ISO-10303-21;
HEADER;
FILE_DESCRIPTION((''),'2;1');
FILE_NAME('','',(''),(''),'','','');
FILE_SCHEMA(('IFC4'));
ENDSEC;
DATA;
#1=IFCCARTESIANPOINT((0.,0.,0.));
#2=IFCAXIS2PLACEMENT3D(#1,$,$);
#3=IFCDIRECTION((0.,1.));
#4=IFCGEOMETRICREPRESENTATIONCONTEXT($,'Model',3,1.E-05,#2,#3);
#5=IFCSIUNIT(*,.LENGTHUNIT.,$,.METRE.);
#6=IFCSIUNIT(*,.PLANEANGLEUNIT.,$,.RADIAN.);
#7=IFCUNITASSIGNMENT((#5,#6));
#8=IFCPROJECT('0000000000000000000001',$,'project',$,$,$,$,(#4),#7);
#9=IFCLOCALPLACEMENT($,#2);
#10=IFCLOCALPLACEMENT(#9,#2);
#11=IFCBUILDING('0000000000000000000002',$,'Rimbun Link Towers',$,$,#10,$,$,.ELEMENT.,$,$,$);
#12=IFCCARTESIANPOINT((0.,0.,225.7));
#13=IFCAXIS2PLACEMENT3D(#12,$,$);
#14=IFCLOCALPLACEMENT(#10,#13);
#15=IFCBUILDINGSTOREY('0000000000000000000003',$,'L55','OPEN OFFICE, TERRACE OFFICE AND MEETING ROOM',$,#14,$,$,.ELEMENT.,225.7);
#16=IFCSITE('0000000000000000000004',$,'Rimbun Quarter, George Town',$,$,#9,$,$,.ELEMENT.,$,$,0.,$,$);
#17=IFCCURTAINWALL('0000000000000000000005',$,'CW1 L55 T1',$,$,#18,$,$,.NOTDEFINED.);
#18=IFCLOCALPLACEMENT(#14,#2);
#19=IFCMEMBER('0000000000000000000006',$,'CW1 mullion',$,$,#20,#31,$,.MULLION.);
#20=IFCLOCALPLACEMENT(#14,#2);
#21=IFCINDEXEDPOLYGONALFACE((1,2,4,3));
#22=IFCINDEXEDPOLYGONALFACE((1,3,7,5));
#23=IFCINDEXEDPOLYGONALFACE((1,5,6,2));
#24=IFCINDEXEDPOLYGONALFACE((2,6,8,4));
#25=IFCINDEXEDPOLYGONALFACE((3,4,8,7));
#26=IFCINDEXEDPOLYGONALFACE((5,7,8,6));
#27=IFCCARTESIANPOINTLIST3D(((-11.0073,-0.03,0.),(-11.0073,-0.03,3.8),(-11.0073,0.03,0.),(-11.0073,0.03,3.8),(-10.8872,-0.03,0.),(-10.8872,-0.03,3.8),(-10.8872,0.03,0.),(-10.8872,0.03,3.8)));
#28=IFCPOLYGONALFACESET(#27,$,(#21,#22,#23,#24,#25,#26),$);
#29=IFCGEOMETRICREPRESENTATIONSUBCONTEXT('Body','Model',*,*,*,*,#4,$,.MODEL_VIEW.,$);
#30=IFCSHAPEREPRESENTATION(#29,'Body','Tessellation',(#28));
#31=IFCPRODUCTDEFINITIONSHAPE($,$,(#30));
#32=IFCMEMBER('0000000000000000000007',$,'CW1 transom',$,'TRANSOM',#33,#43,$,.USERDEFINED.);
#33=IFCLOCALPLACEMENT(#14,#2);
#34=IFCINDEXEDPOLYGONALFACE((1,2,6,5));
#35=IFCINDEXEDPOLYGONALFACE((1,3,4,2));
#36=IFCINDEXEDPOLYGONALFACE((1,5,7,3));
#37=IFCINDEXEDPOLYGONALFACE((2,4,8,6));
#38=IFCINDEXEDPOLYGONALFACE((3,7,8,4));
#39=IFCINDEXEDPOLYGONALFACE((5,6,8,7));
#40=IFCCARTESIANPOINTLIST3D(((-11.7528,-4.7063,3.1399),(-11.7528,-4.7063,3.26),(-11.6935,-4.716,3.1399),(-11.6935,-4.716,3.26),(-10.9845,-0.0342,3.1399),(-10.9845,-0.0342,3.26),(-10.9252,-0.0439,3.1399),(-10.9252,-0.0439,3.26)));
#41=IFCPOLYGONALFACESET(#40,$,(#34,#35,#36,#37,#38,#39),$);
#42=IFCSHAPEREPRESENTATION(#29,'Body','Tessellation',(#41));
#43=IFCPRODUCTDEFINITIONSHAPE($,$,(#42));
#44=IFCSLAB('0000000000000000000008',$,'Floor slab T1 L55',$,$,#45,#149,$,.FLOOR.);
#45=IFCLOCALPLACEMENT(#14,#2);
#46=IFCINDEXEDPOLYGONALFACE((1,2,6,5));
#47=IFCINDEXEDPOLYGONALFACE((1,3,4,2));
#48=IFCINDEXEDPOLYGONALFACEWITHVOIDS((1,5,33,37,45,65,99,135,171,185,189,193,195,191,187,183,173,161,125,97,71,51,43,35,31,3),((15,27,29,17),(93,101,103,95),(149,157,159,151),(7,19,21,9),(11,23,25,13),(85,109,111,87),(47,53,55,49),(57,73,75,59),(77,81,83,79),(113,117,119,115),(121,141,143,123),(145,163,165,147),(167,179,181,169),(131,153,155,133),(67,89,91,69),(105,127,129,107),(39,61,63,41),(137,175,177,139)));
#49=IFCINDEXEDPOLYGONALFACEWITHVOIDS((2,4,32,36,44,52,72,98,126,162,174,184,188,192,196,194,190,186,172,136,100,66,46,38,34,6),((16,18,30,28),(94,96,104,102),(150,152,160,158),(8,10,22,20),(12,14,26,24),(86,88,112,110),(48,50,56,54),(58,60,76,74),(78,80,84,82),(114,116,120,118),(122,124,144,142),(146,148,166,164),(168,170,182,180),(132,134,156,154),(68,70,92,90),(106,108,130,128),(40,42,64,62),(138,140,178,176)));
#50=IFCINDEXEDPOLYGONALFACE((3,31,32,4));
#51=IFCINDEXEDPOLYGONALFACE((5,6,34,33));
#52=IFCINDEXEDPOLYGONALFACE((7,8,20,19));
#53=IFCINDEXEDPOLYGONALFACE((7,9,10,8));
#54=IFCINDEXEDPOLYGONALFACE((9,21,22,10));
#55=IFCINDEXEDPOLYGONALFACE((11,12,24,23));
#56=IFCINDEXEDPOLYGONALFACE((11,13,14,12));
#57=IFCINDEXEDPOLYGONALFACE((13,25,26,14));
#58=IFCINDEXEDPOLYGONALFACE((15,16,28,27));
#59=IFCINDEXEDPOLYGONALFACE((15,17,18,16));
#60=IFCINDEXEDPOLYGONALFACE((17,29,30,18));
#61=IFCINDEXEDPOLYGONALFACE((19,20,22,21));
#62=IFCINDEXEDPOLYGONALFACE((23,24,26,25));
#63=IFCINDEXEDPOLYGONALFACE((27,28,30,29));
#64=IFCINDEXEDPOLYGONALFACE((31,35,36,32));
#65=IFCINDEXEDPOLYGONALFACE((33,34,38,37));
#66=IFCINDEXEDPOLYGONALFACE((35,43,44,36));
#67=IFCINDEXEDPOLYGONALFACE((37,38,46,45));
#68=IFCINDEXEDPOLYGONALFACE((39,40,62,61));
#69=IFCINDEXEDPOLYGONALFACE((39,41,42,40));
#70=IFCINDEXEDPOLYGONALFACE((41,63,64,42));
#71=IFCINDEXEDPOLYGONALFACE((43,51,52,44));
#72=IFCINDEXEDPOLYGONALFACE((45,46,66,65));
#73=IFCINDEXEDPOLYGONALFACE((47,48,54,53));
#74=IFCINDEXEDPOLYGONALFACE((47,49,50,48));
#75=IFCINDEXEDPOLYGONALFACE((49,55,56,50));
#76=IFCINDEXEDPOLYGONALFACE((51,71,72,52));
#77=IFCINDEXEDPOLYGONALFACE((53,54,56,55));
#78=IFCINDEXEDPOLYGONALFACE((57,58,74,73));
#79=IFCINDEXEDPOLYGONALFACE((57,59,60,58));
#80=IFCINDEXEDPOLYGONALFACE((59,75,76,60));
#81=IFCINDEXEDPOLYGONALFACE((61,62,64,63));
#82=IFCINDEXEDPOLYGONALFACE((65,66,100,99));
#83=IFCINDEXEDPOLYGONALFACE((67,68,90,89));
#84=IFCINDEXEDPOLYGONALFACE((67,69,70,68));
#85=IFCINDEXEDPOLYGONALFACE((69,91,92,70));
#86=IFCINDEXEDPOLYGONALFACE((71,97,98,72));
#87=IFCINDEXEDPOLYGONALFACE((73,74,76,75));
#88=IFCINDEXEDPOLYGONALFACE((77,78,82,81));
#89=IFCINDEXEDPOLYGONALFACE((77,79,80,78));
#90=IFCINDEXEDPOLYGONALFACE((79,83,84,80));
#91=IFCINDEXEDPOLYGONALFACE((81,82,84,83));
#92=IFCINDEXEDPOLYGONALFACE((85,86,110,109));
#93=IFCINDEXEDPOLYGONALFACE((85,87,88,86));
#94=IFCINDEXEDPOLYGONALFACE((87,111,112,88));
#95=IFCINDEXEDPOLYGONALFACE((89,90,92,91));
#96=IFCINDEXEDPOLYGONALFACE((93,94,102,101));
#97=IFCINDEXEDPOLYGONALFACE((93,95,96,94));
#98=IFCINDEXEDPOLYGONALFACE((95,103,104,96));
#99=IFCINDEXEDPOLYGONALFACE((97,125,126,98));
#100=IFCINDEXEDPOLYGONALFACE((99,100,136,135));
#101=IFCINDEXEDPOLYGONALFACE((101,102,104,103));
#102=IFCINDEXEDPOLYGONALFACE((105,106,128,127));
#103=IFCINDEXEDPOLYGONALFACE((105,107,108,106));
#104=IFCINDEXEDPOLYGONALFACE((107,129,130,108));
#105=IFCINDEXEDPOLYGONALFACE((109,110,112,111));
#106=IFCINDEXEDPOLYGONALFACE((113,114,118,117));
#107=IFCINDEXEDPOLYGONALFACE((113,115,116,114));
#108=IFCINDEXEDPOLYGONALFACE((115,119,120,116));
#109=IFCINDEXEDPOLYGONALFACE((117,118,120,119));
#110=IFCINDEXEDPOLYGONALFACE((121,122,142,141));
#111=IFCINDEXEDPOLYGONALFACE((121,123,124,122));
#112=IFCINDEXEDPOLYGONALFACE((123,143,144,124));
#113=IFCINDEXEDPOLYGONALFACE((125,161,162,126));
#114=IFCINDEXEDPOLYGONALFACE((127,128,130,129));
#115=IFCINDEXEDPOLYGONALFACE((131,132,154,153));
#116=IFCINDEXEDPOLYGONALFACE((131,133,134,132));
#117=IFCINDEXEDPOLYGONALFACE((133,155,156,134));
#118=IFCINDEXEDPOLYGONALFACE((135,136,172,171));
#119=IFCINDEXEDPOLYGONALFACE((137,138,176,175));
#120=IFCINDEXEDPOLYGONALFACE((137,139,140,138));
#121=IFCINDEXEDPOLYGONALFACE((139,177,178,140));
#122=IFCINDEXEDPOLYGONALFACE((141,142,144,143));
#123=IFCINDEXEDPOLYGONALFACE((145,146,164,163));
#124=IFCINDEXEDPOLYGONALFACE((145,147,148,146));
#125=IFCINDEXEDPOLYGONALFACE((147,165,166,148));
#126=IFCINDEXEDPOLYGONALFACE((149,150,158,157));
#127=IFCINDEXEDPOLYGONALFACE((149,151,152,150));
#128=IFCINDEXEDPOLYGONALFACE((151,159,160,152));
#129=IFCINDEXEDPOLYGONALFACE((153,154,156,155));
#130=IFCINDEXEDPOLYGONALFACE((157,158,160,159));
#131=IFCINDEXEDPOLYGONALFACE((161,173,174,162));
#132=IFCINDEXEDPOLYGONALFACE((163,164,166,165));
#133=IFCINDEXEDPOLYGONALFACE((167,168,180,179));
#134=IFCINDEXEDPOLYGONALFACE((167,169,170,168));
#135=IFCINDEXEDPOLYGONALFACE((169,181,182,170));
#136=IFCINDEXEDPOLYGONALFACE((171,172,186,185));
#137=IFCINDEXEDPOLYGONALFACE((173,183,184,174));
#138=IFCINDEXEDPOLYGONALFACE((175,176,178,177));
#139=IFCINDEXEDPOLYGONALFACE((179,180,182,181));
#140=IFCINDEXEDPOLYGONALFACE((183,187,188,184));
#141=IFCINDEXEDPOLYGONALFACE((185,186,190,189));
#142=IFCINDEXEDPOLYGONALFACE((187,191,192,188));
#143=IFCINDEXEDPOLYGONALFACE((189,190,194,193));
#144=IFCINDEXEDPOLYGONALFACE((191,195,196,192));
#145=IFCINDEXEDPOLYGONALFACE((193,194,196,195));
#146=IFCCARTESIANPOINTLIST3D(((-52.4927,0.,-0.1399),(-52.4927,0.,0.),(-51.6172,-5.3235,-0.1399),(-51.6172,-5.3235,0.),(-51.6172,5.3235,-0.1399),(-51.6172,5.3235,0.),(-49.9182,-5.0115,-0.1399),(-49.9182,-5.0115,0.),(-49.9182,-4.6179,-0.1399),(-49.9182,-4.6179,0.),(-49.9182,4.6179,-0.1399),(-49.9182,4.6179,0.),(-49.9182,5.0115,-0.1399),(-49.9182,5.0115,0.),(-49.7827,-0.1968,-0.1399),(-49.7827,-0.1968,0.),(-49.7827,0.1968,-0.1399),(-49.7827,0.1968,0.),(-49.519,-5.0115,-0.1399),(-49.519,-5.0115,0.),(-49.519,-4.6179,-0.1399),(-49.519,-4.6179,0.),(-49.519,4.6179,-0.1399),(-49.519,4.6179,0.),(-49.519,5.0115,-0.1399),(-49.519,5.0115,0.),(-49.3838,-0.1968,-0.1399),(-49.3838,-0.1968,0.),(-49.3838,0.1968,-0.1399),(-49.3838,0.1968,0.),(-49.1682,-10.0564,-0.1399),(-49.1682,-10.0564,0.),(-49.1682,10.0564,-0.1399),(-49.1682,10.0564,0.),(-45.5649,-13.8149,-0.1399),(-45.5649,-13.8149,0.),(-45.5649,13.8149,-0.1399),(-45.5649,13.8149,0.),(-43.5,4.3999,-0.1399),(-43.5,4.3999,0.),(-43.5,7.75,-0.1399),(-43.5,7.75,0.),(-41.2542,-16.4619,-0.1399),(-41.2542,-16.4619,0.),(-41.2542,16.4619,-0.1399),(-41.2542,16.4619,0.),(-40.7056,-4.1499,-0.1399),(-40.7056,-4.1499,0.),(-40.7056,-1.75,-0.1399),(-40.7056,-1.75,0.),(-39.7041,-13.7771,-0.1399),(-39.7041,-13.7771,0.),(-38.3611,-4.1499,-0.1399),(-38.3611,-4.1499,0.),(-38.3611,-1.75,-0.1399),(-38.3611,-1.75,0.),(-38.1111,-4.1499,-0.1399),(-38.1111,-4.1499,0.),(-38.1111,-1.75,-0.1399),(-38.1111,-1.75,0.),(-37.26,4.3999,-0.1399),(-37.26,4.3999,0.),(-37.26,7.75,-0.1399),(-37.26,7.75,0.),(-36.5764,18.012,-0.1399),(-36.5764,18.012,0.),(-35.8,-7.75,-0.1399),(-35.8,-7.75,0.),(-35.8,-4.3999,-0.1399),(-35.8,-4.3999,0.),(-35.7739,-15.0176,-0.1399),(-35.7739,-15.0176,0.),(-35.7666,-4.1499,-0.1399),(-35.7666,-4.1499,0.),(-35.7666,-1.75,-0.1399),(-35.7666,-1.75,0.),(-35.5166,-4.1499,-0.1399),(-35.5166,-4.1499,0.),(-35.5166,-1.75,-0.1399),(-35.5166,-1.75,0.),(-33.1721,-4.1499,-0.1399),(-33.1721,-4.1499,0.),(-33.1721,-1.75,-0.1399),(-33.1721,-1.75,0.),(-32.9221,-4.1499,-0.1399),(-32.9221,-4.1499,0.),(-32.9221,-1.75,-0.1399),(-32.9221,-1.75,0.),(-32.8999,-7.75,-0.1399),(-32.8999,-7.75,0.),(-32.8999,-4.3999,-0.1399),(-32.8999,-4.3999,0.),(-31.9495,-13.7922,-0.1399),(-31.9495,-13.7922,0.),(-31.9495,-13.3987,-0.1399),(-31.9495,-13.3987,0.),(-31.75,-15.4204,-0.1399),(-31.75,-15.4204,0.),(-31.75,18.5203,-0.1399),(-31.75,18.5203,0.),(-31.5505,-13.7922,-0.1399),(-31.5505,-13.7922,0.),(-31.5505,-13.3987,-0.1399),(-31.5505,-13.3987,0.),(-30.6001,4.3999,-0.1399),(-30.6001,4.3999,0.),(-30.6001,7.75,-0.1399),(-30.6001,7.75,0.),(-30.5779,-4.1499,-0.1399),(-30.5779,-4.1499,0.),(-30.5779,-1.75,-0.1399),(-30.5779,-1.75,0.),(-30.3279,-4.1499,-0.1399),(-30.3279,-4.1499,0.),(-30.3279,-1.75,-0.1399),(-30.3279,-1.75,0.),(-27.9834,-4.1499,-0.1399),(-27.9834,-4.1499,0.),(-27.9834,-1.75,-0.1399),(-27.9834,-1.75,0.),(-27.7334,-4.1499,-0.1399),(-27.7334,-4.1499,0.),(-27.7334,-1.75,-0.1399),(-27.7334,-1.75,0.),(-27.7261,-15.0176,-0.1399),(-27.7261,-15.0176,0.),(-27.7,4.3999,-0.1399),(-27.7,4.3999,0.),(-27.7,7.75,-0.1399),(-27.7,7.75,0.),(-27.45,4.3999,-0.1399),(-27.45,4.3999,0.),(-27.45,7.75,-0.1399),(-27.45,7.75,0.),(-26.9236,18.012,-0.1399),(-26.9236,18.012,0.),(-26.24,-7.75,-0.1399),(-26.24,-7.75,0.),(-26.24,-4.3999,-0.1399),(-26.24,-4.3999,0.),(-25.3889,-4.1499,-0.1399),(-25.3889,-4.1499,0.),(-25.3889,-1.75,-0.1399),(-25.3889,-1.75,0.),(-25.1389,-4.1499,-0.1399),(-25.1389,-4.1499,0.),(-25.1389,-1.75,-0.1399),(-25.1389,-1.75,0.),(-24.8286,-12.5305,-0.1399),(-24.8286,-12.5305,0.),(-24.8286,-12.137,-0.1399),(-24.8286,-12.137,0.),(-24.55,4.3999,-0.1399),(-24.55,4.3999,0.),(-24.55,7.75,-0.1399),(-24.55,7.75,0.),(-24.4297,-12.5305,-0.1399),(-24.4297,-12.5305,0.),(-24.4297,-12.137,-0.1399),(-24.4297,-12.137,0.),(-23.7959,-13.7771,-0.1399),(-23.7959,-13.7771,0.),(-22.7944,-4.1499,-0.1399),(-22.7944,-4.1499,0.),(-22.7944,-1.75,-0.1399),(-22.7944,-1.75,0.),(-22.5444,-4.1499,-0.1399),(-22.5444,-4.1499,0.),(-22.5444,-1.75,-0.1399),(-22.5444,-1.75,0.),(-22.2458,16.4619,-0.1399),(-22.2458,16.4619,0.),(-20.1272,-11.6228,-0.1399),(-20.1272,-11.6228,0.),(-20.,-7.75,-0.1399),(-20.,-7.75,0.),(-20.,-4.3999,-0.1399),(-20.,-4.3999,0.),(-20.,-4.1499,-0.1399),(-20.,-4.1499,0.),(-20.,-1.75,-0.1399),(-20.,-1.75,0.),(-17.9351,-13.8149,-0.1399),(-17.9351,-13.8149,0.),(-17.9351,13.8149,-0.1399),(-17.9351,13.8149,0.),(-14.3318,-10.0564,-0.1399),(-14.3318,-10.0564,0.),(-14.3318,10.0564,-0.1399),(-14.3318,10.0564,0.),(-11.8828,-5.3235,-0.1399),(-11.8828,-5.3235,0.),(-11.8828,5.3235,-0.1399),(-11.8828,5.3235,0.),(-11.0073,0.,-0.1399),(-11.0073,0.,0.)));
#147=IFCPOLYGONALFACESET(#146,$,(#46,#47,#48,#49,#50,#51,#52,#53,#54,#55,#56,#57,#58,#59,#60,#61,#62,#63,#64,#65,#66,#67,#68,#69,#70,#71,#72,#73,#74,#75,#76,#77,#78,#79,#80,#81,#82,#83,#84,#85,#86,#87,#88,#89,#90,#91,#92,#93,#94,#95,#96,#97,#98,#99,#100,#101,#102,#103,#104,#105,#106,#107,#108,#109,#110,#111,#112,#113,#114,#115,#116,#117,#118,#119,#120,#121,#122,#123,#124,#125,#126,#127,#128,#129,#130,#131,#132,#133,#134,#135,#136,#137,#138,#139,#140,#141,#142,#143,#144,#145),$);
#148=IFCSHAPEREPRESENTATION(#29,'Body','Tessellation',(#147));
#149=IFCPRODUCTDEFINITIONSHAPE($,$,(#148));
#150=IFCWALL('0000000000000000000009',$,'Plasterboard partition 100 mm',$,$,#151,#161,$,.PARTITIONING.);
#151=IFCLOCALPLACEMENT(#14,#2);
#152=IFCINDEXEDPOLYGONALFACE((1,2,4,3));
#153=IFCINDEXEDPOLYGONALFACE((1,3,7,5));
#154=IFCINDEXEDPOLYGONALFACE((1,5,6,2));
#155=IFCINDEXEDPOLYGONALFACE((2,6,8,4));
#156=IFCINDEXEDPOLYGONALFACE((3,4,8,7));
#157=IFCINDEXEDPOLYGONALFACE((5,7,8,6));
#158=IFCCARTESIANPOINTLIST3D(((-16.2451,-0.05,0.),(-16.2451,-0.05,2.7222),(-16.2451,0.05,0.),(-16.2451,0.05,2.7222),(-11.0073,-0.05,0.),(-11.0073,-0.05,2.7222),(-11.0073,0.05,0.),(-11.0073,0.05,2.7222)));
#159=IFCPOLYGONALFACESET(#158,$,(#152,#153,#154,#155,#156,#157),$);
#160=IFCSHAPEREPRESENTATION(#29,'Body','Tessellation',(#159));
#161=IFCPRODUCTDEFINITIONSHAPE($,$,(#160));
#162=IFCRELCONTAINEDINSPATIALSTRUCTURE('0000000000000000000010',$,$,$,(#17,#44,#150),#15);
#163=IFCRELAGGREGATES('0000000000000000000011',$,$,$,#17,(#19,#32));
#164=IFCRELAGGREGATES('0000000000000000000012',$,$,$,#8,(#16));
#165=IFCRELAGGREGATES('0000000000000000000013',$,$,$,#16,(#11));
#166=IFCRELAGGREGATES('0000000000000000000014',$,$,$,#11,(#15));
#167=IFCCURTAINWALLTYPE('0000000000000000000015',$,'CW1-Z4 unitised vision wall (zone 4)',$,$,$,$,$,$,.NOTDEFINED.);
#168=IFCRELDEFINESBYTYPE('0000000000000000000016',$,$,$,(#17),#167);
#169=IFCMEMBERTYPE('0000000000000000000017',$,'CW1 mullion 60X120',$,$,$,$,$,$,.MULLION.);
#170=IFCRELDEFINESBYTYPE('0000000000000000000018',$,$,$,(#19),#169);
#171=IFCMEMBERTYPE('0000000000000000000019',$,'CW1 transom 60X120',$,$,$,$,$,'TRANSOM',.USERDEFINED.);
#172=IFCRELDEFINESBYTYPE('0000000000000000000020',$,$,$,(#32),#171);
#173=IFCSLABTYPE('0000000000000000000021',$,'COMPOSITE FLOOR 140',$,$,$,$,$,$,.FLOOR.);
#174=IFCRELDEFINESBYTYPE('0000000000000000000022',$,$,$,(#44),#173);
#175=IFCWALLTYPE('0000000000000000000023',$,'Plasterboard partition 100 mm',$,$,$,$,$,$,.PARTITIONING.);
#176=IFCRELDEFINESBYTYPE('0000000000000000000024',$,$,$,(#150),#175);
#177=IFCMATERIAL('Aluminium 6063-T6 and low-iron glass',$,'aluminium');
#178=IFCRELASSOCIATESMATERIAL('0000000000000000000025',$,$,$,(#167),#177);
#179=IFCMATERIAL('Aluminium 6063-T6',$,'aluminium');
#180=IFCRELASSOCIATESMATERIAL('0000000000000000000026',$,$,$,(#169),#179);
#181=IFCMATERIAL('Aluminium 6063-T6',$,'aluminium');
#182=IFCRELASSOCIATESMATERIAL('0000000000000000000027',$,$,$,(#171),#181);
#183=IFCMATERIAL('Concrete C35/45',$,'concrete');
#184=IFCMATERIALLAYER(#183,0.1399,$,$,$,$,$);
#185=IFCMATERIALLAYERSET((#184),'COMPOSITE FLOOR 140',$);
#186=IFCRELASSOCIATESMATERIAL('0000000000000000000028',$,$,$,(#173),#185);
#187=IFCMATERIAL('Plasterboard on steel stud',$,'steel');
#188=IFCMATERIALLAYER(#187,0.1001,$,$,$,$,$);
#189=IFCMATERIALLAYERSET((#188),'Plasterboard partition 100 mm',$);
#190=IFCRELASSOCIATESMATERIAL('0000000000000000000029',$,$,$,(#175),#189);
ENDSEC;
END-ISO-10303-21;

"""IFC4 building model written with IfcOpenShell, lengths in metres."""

from ifc_helpers import new_model, si_unit, direction, frame, frame_2d, origin, origin_2d, place, context, subcontext, project, spatial, polyline, rectangle, outline, extrude, material, layer, layer_set, material_profile, profile_set, type_object, element, aggregate, save


model = new_model("IFC4")

# Units and contexts
model_context = context("Model", 3, precision=1e-05, world=origin(), true_north=direction((0.0, 1.0)))
body_context = subcontext(model_context, "Body", "Model", "MODEL_VIEW")
ifc_project = project(units=[si_unit("LENGTHUNIT", "METRE"), si_unit("PLANEANGLEUNIT", "RADIAN")], contexts=[model_context])

# Site, building, storey
site_placement = place(None, origin())
site = spatial("IfcSite", under=ifc_project, at=site_placement, Name="Rimbun Quarter, George Town", CompositionType="ELEMENT", RefElevation=0.0)
building_placement = place(site_placement, origin())
building = spatial("IfcBuilding", under=site, at=building_placement, Name="Rimbun Link Towers", CompositionType="ELEMENT")
storey_placement = place(building_placement, frame((0.0, 0.0, 225.7)))
storey = spatial("IfcBuildingStorey", under=building, at=storey_placement, Name="L55", Description="OPEN OFFICE, TERRACE OFFICE AND MEETING ROOM", CompositionType="ELEMENT", Elevation=225.7)

# Curtain wall, members
ifc_material_1 = material(Name="Aluminium 6063-T6 and low-iron glass", Category="aluminium")
curtain_wall_type = type_object("IfcCurtainWallType", Name="CW1-Z4 unitised vision wall (zone 4)", PredefinedType="NOTDEFINED", material=ifc_material_1)
curtain_wall_placement = place(storey_placement, origin())
curtain_wall = element("IfcCurtainWall", 1, at=curtain_wall_placement, inside=storey, type_object=curtain_wall_type, Name="CW1 L55 T1", PredefinedType="NOTDEFINED")
ifc_material_2 = material(Name="Aluminium 6063-T6", Category="aluminium")
ifc_material_profile_1 = material_profile(ifc_material_2, rectangle(XDim=0.1201, YDim=0.0601, at=origin_2d()), Name="MULLION 60X120")
ifc_profile_set_1 = profile_set([ifc_material_profile_1], Name="Aluminium 6063-T6")
member_type_1 = type_object("IfcMemberType", Name="CW1 mullion 60X120", PredefinedType="MULLION", material=ifc_profile_set_1)
member_1_placement = place(storey_placement, frame((-10.9473, 0.0, 0.0), z_axis=(0.0, 0.0, 1.0), x_axis=(1.0, 0.0, 0.0)))
member_1 = element("IfcMember", 2, at=member_1_placement, type_object=member_type_1, Name="CW1 mullion", PredefinedType="MULLION", context=body_context, shape_type="SweptSolid", body=[
    extrude(rectangle(XDim=0.1201, YDim=0.0601, at=origin_2d()), origin(), (0.0, 0.0, 1.0), 3.8),
])
ifc_material_3 = material(Name="Aluminium 6063-T6", Category="aluminium")
ifc_material_profile_2 = material_profile(ifc_material_3, rectangle(XDim=0.0601, YDim=0.1201, at=origin_2d()), Name="TRANSOM 60X120")
ifc_profile_set_2 = profile_set([ifc_material_profile_2], Name="Aluminium 6063-T6")
member_type_2 = type_object("IfcMemberType", Name="CW1 transom 60X120", ElementType="TRANSOM", PredefinedType="USERDEFINED", material=ifc_profile_set_2)
member_2_placement = place(storey_placement, frame((-10.9548, -0.0391, 3.2), z_axis=(-0.162266, -0.986747, 0.0), x_axis=(0.986747, -0.162266, 0.0)))
member_2 = element("IfcMember", 3, at=member_2_placement, type_object=member_type_2, Name="CW1 transom", ObjectType="TRANSOM", PredefinedType="USERDEFINED", context=body_context, shape_type="SweptSolid", body=[
    extrude(rectangle(XDim=0.0601, YDim=0.1201, at=origin_2d()), origin(), (0.0, 0.0, 1.0), 4.7349),
])
aggregate(curtain_wall, [member_1, member_2])

# Slab
ifc_material_4 = material(Name="Concrete C35/45", Category="concrete")
ifc_layer_1 = layer(ifc_material_4, 0.1399)
ifc_layer_set_1 = layer_set([ifc_layer_1], Name="COMPOSITE FLOOR 140")
slab_type = type_object("IfcSlabType", Name="COMPOSITE FLOOR 140", PredefinedType="FLOOR", material=ifc_layer_set_1)
slab_placement = place(storey_placement, frame((0.0, 0.0, -0.1399)))
element("IfcSlab", 4, at=slab_placement, inside=storey, type_object=slab_type, Name="Floor slab T1 L55", PredefinedType="FLOOR", context=body_context, shape_type="SweptSolid", body=[
    extrude(outline(polyline([(-45.5649, -13.8149), (-49.1682, -10.0564), (-51.6172, -5.3235), (-52.4927, 0.0), (-51.6172, 5.3235), (-49.1682, 10.0564), (-45.5649, 13.8149), (-41.2542, 16.4619), (-36.5764, 18.012), (-31.75, 18.5203), (-26.9236, 18.012), (-22.2458, 16.4619), (-17.9351, 13.8149), (-14.3318, 10.0564), (-11.8828, 5.3235), (-11.0073, 0.0), (-11.8828, -5.3235), (-14.3318, -10.0564), (-17.9351, -13.8149), (-20.1272, -11.6228), (-23.7959, -13.7771), (-27.7261, -15.0176), (-31.75, -15.4204), (-35.7739, -15.0176), (-39.7041, -13.7771), (-41.2542, -16.4619), (-45.5649, -13.8149)]), holes=[polyline([(-31.5505, -13.7922), (-31.5505, -13.3987), (-31.9495, -13.3987), (-31.9495, -13.7922), (-31.5505, -13.7922)]), polyline([(-32.8999, -7.75), (-32.8999, -4.3999), (-35.8, -4.3999), (-35.8, -7.75), (-32.8999, -7.75)]), polyline([(-49.519, -5.0115), (-49.519, -4.6179), (-49.9182, -4.6179), (-49.9182, -5.0115), (-49.519, -5.0115)]), polyline([(-38.3611, -4.1499), (-38.3611, -1.75), (-40.7056, -1.75), (-40.7056, -4.1499), (-38.3611, -4.1499)]), polyline([(-35.7666, -4.1499), (-35.7666, -1.75), (-38.1111, -1.75), (-38.1111, -4.1499), (-35.7666, -4.1499)]), polyline([(-33.1721, -4.1499), (-33.1721, -1.75), (-35.5166, -1.75), (-35.5166, -4.1499), (-33.1721, -4.1499)]), polyline([(-49.3838, -0.1968), (-49.3838, 0.1968), (-49.7827, 0.1968), (-49.7827, -0.1968), (-49.3838, -0.1968)]), polyline([(-49.9182, 4.6179), (-49.519, 4.6179), (-49.519, 5.0115), (-49.9182, 5.0115), (-49.9182, 4.6179)]), polyline([(-43.5, 4.3999), (-37.26, 4.3999), (-37.26, 7.75), (-43.5, 7.75), (-43.5, 4.3999)]), polyline([(-24.4297, -12.5305), (-24.4297, -12.137), (-24.8286, -12.137), (-24.8286, -12.5305), (-24.4297, -12.5305)]), polyline([(-20.0, -7.75), (-20.0, -4.3999), (-26.24, -4.3999), (-26.24, -7.75), (-20.0, -7.75)]), polyline([(-30.5779, -4.1499), (-30.5779, -1.75), (-32.9221, -1.75), (-32.9221, -4.1499), (-30.5779, -4.1499)]), polyline([(-27.9834, -4.1499), (-27.9834, -1.75), (-30.3279, -1.75), (-30.3279, -4.1499), (-27.9834, -4.1499)]), polyline([(-25.3889, -4.1499), (-25.3889, -1.75), (-27.7334, -1.75), (-27.7334, -4.1499), (-25.3889, -4.1499)]), polyline([(-22.7944, -4.1499), (-22.7944, -1.75), (-25.1389, -1.75), (-25.1389, -4.1499), (-22.7944, -4.1499)]), polyline([(-20.0, -4.1499), (-20.0, -1.75), (-22.5444, -1.75), (-22.5444, -4.1499), (-20.0, -4.1499)]), polyline([(-30.6001, 4.3999), (-27.7, 4.3999), (-27.7, 7.75), (-30.6001, 7.75), (-30.6001, 4.3999)]), polyline([(-27.45, 4.3999), (-24.55, 4.3999), (-24.55, 7.75), (-27.45, 7.75), (-27.45, 4.3999)])]), origin(), (0.0, 0.0, 1.0), 0.1399),
])

# Wall
ifc_material_5 = material(Name="Plasterboard on steel stud", Category="steel")
ifc_layer_2 = layer(ifc_material_5, 0.1001)
ifc_layer_set_2 = layer_set([ifc_layer_2], Name="Plasterboard partition 100 mm")
wall_type = type_object("IfcWallType", Name="Plasterboard partition 100 mm", PredefinedType="PARTITIONING", material=ifc_layer_set_2)
wall_placement = place(storey_placement, frame((-11.0073, 0.0, 0.0), z_axis=(0.0, 0.0, 1.0), x_axis=(-1.0, 0.0, 0.0)))
element("IfcWall", 5, at=wall_placement, inside=storey, type_object=wall_type, Name="Plasterboard partition 100 mm", PredefinedType="PARTITIONING", context=body_context, shape_type="SweptSolid", body=[
    extrude(rectangle(XDim=5.2378, YDim=0.1001, at=frame_2d((2.6189, 0.0))), origin(), (0.0, 0.0, 1.0), 2.7222),
])

save(model, "model.ifc")
